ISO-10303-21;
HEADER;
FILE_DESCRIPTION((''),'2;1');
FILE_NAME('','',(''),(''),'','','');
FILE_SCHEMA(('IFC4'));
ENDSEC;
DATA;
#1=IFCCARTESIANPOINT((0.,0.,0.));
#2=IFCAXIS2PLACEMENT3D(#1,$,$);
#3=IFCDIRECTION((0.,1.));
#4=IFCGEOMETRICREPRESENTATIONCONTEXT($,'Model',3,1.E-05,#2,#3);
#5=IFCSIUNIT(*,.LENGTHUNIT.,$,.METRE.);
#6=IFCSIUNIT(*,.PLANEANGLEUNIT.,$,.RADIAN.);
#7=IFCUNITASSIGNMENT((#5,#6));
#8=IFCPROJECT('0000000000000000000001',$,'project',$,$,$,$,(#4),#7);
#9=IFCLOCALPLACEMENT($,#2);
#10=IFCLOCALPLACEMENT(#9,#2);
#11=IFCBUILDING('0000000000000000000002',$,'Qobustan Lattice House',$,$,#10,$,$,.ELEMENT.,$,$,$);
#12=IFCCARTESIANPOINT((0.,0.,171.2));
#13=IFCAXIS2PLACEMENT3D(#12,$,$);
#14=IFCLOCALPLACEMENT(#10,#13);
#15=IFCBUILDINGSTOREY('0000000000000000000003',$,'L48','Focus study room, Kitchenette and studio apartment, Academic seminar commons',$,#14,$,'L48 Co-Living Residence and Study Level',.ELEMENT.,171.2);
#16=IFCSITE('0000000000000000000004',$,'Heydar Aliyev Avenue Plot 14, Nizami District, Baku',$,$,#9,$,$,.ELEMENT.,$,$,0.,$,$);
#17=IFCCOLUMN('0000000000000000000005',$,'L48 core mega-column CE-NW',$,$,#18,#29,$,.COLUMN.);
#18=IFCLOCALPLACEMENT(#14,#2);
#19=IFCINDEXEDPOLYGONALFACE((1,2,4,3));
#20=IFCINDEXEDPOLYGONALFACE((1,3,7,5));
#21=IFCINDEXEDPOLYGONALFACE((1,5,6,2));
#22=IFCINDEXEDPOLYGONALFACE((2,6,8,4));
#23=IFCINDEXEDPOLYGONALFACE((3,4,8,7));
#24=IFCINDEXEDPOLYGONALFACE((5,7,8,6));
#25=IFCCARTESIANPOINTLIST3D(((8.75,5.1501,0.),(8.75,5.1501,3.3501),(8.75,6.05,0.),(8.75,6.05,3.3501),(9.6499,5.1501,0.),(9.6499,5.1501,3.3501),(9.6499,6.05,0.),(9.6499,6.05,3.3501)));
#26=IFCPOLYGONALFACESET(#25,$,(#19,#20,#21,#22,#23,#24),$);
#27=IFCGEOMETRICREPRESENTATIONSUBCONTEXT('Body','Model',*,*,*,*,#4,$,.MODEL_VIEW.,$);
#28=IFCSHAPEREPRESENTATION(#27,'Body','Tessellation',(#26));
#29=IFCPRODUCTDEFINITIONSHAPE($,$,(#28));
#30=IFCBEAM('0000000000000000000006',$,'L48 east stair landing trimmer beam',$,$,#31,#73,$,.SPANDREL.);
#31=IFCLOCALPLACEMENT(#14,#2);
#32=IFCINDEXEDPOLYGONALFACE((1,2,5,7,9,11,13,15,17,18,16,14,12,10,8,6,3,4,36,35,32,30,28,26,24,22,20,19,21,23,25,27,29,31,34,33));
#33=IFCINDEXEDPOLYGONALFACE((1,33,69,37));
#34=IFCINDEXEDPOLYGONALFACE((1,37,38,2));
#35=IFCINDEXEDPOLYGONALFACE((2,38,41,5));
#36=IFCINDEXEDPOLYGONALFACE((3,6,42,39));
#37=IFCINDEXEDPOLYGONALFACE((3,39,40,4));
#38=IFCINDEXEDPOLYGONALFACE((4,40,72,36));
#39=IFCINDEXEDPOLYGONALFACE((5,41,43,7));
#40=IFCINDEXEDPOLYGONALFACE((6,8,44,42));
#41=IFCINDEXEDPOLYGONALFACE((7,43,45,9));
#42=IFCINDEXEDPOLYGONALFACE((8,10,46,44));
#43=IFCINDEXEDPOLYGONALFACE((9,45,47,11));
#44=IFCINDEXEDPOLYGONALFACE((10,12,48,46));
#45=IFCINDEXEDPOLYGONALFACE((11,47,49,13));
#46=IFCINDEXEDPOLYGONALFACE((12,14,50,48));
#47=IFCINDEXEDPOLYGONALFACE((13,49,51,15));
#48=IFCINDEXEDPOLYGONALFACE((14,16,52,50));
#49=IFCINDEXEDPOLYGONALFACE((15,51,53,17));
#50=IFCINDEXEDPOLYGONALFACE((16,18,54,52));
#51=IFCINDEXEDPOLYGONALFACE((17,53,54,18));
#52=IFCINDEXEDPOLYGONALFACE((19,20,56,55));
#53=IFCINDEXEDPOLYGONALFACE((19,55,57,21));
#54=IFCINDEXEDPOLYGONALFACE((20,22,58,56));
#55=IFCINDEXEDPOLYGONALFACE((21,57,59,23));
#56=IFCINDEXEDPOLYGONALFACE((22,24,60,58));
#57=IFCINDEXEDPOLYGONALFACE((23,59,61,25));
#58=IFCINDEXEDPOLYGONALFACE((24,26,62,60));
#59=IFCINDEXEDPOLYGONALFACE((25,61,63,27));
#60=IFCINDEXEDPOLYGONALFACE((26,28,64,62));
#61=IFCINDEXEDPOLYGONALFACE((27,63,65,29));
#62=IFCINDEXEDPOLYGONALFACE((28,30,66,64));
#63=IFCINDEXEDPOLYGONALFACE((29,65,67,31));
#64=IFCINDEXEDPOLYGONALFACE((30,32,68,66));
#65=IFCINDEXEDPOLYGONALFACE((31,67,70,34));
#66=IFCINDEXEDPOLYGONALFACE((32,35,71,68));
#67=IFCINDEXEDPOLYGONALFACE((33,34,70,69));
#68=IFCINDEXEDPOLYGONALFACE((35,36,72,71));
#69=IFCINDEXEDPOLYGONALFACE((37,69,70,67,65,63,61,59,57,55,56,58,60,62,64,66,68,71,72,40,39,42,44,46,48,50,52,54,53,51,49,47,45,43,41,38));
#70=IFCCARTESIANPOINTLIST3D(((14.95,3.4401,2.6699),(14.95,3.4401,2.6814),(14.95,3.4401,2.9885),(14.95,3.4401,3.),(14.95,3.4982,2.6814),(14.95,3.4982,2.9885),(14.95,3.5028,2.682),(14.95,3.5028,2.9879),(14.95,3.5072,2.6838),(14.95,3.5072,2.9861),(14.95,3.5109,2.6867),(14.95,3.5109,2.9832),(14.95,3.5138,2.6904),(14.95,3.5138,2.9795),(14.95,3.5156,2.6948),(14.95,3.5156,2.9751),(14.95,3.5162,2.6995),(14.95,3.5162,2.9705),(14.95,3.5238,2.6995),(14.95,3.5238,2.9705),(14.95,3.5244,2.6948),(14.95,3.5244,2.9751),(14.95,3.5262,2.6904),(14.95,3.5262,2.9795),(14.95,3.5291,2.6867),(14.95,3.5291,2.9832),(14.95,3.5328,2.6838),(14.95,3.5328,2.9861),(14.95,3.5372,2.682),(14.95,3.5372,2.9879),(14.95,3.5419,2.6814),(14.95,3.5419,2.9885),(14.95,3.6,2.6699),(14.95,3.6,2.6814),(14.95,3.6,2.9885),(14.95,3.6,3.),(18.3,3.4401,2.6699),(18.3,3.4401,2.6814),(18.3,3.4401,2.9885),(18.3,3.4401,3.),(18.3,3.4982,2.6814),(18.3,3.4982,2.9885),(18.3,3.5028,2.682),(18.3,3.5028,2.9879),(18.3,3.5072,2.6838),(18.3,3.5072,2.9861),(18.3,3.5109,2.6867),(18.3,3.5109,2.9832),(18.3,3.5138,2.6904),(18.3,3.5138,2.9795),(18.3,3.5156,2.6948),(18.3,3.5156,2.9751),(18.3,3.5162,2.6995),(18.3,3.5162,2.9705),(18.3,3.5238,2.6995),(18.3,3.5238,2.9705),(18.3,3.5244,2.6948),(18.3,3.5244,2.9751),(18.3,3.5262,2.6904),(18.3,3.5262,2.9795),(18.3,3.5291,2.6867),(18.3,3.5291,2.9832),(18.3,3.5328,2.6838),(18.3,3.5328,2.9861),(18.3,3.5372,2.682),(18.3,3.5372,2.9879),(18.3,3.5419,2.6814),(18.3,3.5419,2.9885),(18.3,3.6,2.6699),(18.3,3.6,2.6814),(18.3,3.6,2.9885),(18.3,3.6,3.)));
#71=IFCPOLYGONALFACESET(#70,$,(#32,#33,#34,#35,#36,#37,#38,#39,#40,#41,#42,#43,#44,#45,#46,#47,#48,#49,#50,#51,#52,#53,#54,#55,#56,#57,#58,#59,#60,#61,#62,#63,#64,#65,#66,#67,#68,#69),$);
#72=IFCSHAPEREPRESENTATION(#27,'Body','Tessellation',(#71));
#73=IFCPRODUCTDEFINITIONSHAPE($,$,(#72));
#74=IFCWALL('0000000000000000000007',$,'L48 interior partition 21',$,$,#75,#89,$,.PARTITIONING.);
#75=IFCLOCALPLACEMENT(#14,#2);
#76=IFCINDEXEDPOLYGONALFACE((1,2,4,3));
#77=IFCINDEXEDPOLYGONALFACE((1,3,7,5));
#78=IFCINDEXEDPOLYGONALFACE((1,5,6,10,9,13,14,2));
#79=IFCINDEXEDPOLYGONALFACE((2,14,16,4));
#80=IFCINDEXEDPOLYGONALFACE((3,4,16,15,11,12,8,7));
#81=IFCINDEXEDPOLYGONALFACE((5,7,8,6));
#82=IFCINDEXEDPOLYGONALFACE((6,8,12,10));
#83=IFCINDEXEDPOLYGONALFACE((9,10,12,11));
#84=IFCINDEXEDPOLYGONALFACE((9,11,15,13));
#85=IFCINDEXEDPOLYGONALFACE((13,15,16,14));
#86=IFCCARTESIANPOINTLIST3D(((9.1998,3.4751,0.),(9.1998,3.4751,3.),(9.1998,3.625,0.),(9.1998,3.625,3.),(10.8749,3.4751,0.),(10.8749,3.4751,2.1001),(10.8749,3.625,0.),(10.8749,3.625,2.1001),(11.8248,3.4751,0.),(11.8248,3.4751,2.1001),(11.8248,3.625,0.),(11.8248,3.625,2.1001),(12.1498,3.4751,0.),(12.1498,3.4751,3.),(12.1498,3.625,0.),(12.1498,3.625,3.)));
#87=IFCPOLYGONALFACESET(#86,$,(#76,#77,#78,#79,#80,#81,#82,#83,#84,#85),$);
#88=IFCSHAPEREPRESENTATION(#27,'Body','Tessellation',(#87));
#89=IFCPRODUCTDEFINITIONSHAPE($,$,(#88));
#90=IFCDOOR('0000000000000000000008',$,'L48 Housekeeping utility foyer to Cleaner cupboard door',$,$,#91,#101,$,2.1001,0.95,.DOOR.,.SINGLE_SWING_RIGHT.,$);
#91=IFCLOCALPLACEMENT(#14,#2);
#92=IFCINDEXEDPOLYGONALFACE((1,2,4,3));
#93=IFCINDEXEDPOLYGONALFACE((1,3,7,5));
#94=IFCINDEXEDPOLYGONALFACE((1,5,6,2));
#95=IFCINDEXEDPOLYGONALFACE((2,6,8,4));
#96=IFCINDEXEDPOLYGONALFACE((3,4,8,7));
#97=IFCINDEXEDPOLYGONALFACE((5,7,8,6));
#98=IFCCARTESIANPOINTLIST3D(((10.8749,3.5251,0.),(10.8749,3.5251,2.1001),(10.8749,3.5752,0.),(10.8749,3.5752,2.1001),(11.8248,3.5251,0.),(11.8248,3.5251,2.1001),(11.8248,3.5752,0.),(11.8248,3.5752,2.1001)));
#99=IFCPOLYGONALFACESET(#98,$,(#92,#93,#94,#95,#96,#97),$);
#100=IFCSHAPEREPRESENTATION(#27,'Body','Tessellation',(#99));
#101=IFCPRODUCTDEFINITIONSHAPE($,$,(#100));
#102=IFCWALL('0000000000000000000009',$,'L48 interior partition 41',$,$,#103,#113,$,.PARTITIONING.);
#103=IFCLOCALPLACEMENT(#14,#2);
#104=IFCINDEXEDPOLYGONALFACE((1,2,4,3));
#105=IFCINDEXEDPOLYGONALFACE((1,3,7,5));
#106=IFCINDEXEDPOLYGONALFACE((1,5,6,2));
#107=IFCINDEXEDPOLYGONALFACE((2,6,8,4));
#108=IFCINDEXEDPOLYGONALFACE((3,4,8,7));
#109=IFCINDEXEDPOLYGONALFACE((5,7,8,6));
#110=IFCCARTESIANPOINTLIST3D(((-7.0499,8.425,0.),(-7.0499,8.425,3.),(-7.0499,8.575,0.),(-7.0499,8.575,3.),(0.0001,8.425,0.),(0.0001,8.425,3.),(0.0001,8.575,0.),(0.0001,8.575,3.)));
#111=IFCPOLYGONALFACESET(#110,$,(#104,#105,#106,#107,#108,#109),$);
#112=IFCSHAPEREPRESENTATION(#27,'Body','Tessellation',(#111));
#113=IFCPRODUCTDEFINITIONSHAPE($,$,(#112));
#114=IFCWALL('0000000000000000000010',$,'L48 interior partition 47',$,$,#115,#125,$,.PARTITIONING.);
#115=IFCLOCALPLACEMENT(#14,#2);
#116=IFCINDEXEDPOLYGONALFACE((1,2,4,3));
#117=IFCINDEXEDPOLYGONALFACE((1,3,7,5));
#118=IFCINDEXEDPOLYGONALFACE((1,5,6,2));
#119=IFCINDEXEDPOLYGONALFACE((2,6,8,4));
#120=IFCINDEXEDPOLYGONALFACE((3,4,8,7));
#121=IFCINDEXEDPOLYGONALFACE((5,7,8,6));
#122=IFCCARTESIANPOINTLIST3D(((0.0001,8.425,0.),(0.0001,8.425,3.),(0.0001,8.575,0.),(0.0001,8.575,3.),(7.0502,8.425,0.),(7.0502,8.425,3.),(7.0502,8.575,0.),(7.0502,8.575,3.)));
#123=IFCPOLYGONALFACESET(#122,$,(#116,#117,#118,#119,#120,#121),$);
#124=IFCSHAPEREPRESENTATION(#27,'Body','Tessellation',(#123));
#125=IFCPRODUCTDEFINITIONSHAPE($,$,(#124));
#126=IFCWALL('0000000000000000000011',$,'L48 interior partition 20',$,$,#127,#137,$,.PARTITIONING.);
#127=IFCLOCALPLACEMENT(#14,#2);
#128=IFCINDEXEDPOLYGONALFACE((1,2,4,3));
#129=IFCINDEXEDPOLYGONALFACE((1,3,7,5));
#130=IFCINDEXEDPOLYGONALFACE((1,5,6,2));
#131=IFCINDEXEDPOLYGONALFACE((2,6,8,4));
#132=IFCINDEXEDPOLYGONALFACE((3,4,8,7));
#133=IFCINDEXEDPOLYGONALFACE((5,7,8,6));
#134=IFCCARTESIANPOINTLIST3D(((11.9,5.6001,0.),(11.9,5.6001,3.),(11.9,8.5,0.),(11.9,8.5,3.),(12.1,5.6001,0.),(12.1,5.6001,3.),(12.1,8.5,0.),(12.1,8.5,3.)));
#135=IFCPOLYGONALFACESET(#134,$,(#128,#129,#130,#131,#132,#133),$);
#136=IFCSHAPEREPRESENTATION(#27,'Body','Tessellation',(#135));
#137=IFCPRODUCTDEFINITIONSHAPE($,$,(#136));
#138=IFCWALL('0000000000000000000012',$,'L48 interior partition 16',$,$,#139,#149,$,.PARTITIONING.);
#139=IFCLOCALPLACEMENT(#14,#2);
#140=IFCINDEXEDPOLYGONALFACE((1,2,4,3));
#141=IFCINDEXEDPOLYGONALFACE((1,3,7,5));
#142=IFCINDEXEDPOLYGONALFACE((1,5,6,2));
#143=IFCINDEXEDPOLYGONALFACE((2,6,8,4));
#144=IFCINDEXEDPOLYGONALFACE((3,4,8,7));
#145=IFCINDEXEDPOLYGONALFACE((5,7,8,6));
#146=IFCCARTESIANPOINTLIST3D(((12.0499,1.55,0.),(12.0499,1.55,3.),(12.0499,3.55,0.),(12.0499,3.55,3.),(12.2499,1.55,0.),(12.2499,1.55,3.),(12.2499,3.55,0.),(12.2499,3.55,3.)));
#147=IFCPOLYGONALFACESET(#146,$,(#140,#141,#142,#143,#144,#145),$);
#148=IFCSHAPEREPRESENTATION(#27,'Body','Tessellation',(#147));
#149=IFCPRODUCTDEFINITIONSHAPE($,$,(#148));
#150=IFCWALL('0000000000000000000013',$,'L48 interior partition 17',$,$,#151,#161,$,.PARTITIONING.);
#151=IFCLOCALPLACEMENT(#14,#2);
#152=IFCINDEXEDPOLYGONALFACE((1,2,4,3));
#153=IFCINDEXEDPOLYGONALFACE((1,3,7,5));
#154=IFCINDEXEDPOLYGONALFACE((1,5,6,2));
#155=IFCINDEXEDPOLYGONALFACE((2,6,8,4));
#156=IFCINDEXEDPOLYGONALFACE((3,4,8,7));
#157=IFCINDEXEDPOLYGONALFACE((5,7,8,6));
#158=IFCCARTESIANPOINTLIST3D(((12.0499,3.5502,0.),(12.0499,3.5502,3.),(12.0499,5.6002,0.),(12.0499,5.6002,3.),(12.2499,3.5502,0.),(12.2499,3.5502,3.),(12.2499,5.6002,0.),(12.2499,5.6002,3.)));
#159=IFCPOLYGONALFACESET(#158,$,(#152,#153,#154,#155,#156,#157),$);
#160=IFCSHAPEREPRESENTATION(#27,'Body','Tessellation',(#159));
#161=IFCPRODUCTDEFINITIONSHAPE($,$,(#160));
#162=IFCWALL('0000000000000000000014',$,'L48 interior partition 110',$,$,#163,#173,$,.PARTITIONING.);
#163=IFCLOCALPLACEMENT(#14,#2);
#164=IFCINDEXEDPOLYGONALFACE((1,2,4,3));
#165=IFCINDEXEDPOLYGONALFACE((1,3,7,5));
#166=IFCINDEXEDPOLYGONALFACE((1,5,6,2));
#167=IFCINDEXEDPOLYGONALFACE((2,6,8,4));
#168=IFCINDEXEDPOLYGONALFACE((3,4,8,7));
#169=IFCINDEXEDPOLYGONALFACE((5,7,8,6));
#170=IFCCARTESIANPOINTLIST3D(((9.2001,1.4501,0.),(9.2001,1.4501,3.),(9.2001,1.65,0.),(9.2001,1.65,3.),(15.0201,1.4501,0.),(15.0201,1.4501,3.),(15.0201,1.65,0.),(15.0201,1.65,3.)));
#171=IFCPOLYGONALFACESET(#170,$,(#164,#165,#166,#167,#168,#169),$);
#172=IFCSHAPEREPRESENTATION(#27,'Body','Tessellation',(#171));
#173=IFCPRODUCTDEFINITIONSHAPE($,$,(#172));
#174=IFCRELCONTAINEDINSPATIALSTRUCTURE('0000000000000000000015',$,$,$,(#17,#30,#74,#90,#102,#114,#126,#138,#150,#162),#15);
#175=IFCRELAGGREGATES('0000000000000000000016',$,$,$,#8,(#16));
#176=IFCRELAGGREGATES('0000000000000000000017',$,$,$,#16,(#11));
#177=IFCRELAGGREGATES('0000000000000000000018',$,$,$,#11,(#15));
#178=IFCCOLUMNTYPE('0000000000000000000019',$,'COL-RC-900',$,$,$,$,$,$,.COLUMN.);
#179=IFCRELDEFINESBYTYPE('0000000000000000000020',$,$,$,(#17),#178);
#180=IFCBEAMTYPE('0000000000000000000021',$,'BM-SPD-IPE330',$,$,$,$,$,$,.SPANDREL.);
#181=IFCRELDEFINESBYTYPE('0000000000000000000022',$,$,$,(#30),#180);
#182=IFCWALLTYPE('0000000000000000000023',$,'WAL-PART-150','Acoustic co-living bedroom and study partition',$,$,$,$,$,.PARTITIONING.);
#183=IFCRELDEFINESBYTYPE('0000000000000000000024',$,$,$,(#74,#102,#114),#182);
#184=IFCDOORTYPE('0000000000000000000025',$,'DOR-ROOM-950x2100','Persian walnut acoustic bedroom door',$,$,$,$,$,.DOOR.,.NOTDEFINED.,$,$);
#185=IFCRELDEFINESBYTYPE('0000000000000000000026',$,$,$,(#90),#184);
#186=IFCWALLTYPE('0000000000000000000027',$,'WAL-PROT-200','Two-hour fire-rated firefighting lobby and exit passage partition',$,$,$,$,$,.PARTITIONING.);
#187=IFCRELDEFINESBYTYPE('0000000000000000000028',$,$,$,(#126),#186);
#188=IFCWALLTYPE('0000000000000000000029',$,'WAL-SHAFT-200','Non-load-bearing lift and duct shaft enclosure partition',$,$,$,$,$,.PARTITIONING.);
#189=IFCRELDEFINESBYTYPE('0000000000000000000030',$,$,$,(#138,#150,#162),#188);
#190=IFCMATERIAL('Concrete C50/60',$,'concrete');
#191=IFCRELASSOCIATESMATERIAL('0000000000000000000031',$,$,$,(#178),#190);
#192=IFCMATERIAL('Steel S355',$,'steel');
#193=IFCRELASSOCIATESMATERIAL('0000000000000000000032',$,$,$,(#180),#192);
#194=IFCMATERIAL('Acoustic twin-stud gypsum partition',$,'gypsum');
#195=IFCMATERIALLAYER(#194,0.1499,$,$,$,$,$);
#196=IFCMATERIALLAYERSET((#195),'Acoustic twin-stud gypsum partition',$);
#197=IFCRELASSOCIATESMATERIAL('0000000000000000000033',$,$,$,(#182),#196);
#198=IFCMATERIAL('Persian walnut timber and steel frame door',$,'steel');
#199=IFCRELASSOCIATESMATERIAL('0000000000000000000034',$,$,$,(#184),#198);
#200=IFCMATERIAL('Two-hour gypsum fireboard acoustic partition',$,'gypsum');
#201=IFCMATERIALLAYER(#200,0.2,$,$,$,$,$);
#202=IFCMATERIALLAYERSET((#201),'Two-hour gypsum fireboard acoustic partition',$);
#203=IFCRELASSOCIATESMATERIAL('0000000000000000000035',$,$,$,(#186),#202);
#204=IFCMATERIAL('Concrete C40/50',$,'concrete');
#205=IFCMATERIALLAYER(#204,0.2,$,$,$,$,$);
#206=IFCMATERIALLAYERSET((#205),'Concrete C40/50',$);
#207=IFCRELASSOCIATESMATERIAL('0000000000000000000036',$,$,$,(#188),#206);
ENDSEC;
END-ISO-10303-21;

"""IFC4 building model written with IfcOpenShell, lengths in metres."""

from ifc_helpers import new_model, si_unit, direction, frame, frame_2d, origin, origin_2d, place, context, subcontext, project, spatial, rectangle, i_section, extrude, material, layer, layer_set, material_profile, profile_set, type_object, element, fill, save


model = new_model("IFC4")

# Units and contexts
model_context = context("Model", 3, precision=1e-05, world=origin(), true_north=direction((0.0, 1.0)))
body_context = subcontext(model_context, "Body", "Model", "MODEL_VIEW")
ifc_project = project(units=[si_unit("LENGTHUNIT", "METRE"), si_unit("PLANEANGLEUNIT", "RADIAN")], contexts=[model_context])

# Site, building, storey
site_placement = place(None, origin())
site = spatial("IfcSite", under=ifc_project, at=site_placement, Name="Heydar Aliyev Avenue Plot 14, Nizami District, Baku", CompositionType="ELEMENT", RefElevation=0.0)
building_placement = place(site_placement, origin())
building = spatial("IfcBuilding", under=site, at=building_placement, Name="Qobustan Lattice House", CompositionType="ELEMENT")
storey_placement = place(building_placement, frame((0.0, 0.0, 171.2)))
storey = spatial("IfcBuildingStorey", under=building, at=storey_placement, Name="L48", Description="Focus study room, Kitchenette and studio apartment, Academic seminar commons", LongName="L48 Co-Living Residence and Study Level", CompositionType="ELEMENT", Elevation=171.2)

# Column
ifc_material_1 = material(Name="Concrete C50/60", Category="concrete")
ifc_material_profile_1 = material_profile(ifc_material_1, rectangle(XDim=0.8999, YDim=0.8999, at=origin_2d()), Name="RC900x900")
ifc_profile_set_1 = profile_set([ifc_material_profile_1], Name="Concrete C50/60")
column_type = type_object("IfcColumnType", Name="COL-RC-900", PredefinedType="COLUMN", material=ifc_profile_set_1)
column_placement = place(storey_placement, frame((9.2, 5.6001, 0.0), z_axis=(0.0, 0.0, 1.0), x_axis=(1.0, 0.0, 0.0)))
element("IfcColumn", 1, at=column_placement, inside=storey, type_object=column_type, Name="L48 core mega-column CE-NW", PredefinedType="COLUMN", context=body_context, shape_type="SweptSolid", body=[
    extrude(rectangle(XDim=0.8999, YDim=0.8999, at=origin_2d()), origin(), (0.0, 0.0, 1.0), 3.3501),
])

# Beam
ifc_material_2 = material(Name="Steel S355", Category="steel")
ifc_material_profile_2 = material_profile(ifc_material_2, i_section(OverallWidth=0.1599, OverallDepth=0.3301, WebThickness=0.0076, FlangeThickness=0.0115, FilletRadius=0.0181, at=origin_2d()), Name="IPE330")
ifc_profile_set_2 = profile_set([ifc_material_profile_2], Name="Steel S355")
beam_type = type_object("IfcBeamType", Name="BM-SPD-IPE330", PredefinedType="SPANDREL", material=ifc_profile_set_2)
beam_placement = place(storey_placement, frame((14.95, 3.52, 2.835), z_axis=(1.0, 0.0, 0.0), x_axis=(0.0, 1.0, 0.0)))
element("IfcBeam", 2, at=beam_placement, inside=storey, type_object=beam_type, Name="L48 east stair landing trimmer beam", PredefinedType="SPANDREL", context=body_context, shape_type="SweptSolid", body=[
    extrude(i_section(OverallWidth=0.1599, OverallDepth=0.3301, WebThickness=0.0076, FlangeThickness=0.0115, FilletRadius=0.0181, at=origin_2d()), origin(), (0.0, 0.0, 1.0), 3.3501),
])

# Wall, opening, door
ifc_material_3 = material(Name="Acoustic twin-stud gypsum partition", Category="gypsum")
ifc_layer_1 = layer(ifc_material_3, 0.1499)
ifc_layer_set_1 = layer_set([ifc_layer_1], Name="Acoustic twin-stud gypsum partition")
wall_type_1 = type_object("IfcWallType", Name="WAL-PART-150", Description="Acoustic co-living bedroom and study partition", PredefinedType="PARTITIONING", material=ifc_layer_set_1)
wall_1_placement = place(storey_placement, frame((12.1499, 3.55, 0.0), z_axis=(0.0, 0.0, 1.0), x_axis=(-1.0, 0.0, 0.0)))
wall_1 = element("IfcWall", 3, at=wall_1_placement, inside=storey, type_object=wall_type_1, Name="L48 interior partition 21", PredefinedType="PARTITIONING", context=body_context, shape_type="SweptSolid", body=[
    extrude(rectangle(XDim=2.95, YDim=0.1499, at=frame_2d((1.4751, 0.0))), origin(), (0.0, 0.0, 1.0), 3.0),
])
opening_1_placement = place(wall_1_placement, frame((0.325, 0.0, 0.0)))
opening_1 = element("IfcOpeningElement", 4, at=opening_1_placement, cuts=wall_1, PredefinedType="OPENING", context=body_context, shape_type="SweptSolid", body=[
    extrude(rectangle(XDim=0.95, YDim=2.1001, at=frame_2d((0.4751, 1.05))), frame((0.0, 0.085, 0.0), z_axis=(0.0, -1.0, 0.0), x_axis=(1.0, 0.0, 0.0)), (0.0, 0.0, 1.0), 0.1699),
])
ifc_material_4 = material(Name="Persian walnut timber and steel frame door", Category="steel")
door_type_1 = type_object("IfcDoorType", Name="DOR-ROOM-950x2100", Description="Persian walnut acoustic bedroom door", OperationType="NOTDEFINED", PredefinedType="DOOR", material=ifc_material_4)
door_1_placement = place(opening_1_placement, origin())
door_1 = element("IfcDoor", 5, at=door_1_placement, inside=storey, type_object=door_type_1, Name="L48 Housekeeping utility foyer to Cleaner cupboard door", OperationType="SINGLE_SWING_RIGHT", OverallHeight=2.1001, OverallWidth=0.95, PredefinedType="DOOR", context=body_context, shape_type="SweptSolid", body=[
    extrude(rectangle(XDim=0.95, YDim=2.1001, at=frame_2d((0.4751, 1.05))), frame((0.0, 0.0249, 0.0), z_axis=(0.0, -1.0, 0.0), x_axis=(1.0, 0.0, 0.0)), (0.0, 0.0, 1.0), 0.05),
])
fill(opening_1, door_1)

# Walls
for number, where, z_axis, x_axis, name in (
    (6, (0.0, 8.5, 0.0), (0.0, 0.0, 1.0), (-1.0, 0.0, 0.0), "L48 interior partition 41"),
    (7, (7.05, 8.5, 0.0), (0.0, 0.0, 1.0), (-1.0, 0.0, 0.0), "L48 interior partition 47"),
):
    element("IfcWall", number, at=place(storey_placement, frame(where, z_axis=z_axis, x_axis=x_axis)), inside=storey, type_object=wall_type_1, Name=name, PredefinedType="PARTITIONING", context=body_context, shape_type="SweptSolid", body=[
        extrude(rectangle(XDim=7.05, YDim=0.1499, at=frame_2d((3.5249, 0.0))), origin(), (0.0, 0.0, 1.0), 3.0),
    ])
ifc_material_5 = material(Name="Two-hour gypsum fireboard acoustic partition", Category="gypsum")
ifc_layer_2 = layer(ifc_material_5, 0.2)
ifc_layer_set_2 = layer_set([ifc_layer_2], Name="Two-hour gypsum fireboard acoustic partition")
wall_type_2 = type_object("IfcWallType", Name="WAL-PROT-200", Description="Two-hour fire-rated firefighting lobby and exit passage partition", PredefinedType="PARTITIONING", material=ifc_layer_set_2)
wall_2_placement = place(storey_placement, frame((12.0, 8.5, 0.0), z_axis=(0.0, 0.0, 1.0), x_axis=(0.0, -1.0, 0.0)))
element("IfcWall", 8, at=wall_2_placement, inside=storey, type_object=wall_type_2, Name="L48 interior partition 20", PredefinedType="PARTITIONING", context=body_context, shape_type="SweptSolid", body=[
    extrude(rectangle(XDim=2.8999, YDim=0.2, at=frame_2d((1.45, 0.0))), origin(), (0.0, 0.0, 1.0), 3.0),
])
ifc_material_6 = material(Name="Concrete C40/50", Category="concrete")
ifc_layer_3 = layer(ifc_material_6, 0.2)
ifc_layer_set_3 = layer_set([ifc_layer_3], Name="Concrete C40/50")
wall_type_3 = type_object("IfcWallType", Name="WAL-SHAFT-200", Description="Non-load-bearing lift and duct shaft enclosure partition", PredefinedType="PARTITIONING", material=ifc_layer_set_3)
wall_3_placement = place(storey_placement, frame((12.1499, 3.55, 0.0), z_axis=(0.0, 0.0, 1.0), x_axis=(0.0, -1.0, 0.0)))
element("IfcWall", 9, at=wall_3_placement, inside=storey, type_object=wall_type_3, Name="L48 interior partition 16", PredefinedType="PARTITIONING", context=body_context, shape_type="SweptSolid", body=[
    extrude(rectangle(XDim=2.0, YDim=0.2, at=frame_2d((1.0, 0.0))), origin(), (0.0, 0.0, 1.0), 3.0),
])
wall_4_placement = place(storey_placement, frame((12.1499, 5.6001, 0.0), z_axis=(0.0, 0.0, 1.0), x_axis=(0.0, -1.0, 0.0)))
element("IfcWall", 10, at=wall_4_placement, inside=storey, type_object=wall_type_3, Name="L48 interior partition 17", PredefinedType="PARTITIONING", context=body_context, shape_type="SweptSolid", body=[
    extrude(rectangle(XDim=2.05, YDim=0.2, at=frame_2d((1.0249, 0.0))), origin(), (0.0, 0.0, 1.0), 3.0),
])
wall_5_placement = place(storey_placement, frame((9.2, 1.55, 0.0), z_axis=(0.0, 0.0, 1.0), x_axis=(1.0, 0.0, 0.0)))
element("IfcWall", 11, at=wall_5_placement, inside=storey, type_object=wall_type_3, Name="L48 interior partition 110", PredefinedType="PARTITIONING", context=body_context, shape_type="SweptSolid", body=[
    extrude(rectangle(XDim=5.8201, YDim=0.2, at=frame_2d((2.9102, 0.0))), origin(), (0.0, 0.0, 1.0), 3.0),
])

save(model, "model.ifc")
